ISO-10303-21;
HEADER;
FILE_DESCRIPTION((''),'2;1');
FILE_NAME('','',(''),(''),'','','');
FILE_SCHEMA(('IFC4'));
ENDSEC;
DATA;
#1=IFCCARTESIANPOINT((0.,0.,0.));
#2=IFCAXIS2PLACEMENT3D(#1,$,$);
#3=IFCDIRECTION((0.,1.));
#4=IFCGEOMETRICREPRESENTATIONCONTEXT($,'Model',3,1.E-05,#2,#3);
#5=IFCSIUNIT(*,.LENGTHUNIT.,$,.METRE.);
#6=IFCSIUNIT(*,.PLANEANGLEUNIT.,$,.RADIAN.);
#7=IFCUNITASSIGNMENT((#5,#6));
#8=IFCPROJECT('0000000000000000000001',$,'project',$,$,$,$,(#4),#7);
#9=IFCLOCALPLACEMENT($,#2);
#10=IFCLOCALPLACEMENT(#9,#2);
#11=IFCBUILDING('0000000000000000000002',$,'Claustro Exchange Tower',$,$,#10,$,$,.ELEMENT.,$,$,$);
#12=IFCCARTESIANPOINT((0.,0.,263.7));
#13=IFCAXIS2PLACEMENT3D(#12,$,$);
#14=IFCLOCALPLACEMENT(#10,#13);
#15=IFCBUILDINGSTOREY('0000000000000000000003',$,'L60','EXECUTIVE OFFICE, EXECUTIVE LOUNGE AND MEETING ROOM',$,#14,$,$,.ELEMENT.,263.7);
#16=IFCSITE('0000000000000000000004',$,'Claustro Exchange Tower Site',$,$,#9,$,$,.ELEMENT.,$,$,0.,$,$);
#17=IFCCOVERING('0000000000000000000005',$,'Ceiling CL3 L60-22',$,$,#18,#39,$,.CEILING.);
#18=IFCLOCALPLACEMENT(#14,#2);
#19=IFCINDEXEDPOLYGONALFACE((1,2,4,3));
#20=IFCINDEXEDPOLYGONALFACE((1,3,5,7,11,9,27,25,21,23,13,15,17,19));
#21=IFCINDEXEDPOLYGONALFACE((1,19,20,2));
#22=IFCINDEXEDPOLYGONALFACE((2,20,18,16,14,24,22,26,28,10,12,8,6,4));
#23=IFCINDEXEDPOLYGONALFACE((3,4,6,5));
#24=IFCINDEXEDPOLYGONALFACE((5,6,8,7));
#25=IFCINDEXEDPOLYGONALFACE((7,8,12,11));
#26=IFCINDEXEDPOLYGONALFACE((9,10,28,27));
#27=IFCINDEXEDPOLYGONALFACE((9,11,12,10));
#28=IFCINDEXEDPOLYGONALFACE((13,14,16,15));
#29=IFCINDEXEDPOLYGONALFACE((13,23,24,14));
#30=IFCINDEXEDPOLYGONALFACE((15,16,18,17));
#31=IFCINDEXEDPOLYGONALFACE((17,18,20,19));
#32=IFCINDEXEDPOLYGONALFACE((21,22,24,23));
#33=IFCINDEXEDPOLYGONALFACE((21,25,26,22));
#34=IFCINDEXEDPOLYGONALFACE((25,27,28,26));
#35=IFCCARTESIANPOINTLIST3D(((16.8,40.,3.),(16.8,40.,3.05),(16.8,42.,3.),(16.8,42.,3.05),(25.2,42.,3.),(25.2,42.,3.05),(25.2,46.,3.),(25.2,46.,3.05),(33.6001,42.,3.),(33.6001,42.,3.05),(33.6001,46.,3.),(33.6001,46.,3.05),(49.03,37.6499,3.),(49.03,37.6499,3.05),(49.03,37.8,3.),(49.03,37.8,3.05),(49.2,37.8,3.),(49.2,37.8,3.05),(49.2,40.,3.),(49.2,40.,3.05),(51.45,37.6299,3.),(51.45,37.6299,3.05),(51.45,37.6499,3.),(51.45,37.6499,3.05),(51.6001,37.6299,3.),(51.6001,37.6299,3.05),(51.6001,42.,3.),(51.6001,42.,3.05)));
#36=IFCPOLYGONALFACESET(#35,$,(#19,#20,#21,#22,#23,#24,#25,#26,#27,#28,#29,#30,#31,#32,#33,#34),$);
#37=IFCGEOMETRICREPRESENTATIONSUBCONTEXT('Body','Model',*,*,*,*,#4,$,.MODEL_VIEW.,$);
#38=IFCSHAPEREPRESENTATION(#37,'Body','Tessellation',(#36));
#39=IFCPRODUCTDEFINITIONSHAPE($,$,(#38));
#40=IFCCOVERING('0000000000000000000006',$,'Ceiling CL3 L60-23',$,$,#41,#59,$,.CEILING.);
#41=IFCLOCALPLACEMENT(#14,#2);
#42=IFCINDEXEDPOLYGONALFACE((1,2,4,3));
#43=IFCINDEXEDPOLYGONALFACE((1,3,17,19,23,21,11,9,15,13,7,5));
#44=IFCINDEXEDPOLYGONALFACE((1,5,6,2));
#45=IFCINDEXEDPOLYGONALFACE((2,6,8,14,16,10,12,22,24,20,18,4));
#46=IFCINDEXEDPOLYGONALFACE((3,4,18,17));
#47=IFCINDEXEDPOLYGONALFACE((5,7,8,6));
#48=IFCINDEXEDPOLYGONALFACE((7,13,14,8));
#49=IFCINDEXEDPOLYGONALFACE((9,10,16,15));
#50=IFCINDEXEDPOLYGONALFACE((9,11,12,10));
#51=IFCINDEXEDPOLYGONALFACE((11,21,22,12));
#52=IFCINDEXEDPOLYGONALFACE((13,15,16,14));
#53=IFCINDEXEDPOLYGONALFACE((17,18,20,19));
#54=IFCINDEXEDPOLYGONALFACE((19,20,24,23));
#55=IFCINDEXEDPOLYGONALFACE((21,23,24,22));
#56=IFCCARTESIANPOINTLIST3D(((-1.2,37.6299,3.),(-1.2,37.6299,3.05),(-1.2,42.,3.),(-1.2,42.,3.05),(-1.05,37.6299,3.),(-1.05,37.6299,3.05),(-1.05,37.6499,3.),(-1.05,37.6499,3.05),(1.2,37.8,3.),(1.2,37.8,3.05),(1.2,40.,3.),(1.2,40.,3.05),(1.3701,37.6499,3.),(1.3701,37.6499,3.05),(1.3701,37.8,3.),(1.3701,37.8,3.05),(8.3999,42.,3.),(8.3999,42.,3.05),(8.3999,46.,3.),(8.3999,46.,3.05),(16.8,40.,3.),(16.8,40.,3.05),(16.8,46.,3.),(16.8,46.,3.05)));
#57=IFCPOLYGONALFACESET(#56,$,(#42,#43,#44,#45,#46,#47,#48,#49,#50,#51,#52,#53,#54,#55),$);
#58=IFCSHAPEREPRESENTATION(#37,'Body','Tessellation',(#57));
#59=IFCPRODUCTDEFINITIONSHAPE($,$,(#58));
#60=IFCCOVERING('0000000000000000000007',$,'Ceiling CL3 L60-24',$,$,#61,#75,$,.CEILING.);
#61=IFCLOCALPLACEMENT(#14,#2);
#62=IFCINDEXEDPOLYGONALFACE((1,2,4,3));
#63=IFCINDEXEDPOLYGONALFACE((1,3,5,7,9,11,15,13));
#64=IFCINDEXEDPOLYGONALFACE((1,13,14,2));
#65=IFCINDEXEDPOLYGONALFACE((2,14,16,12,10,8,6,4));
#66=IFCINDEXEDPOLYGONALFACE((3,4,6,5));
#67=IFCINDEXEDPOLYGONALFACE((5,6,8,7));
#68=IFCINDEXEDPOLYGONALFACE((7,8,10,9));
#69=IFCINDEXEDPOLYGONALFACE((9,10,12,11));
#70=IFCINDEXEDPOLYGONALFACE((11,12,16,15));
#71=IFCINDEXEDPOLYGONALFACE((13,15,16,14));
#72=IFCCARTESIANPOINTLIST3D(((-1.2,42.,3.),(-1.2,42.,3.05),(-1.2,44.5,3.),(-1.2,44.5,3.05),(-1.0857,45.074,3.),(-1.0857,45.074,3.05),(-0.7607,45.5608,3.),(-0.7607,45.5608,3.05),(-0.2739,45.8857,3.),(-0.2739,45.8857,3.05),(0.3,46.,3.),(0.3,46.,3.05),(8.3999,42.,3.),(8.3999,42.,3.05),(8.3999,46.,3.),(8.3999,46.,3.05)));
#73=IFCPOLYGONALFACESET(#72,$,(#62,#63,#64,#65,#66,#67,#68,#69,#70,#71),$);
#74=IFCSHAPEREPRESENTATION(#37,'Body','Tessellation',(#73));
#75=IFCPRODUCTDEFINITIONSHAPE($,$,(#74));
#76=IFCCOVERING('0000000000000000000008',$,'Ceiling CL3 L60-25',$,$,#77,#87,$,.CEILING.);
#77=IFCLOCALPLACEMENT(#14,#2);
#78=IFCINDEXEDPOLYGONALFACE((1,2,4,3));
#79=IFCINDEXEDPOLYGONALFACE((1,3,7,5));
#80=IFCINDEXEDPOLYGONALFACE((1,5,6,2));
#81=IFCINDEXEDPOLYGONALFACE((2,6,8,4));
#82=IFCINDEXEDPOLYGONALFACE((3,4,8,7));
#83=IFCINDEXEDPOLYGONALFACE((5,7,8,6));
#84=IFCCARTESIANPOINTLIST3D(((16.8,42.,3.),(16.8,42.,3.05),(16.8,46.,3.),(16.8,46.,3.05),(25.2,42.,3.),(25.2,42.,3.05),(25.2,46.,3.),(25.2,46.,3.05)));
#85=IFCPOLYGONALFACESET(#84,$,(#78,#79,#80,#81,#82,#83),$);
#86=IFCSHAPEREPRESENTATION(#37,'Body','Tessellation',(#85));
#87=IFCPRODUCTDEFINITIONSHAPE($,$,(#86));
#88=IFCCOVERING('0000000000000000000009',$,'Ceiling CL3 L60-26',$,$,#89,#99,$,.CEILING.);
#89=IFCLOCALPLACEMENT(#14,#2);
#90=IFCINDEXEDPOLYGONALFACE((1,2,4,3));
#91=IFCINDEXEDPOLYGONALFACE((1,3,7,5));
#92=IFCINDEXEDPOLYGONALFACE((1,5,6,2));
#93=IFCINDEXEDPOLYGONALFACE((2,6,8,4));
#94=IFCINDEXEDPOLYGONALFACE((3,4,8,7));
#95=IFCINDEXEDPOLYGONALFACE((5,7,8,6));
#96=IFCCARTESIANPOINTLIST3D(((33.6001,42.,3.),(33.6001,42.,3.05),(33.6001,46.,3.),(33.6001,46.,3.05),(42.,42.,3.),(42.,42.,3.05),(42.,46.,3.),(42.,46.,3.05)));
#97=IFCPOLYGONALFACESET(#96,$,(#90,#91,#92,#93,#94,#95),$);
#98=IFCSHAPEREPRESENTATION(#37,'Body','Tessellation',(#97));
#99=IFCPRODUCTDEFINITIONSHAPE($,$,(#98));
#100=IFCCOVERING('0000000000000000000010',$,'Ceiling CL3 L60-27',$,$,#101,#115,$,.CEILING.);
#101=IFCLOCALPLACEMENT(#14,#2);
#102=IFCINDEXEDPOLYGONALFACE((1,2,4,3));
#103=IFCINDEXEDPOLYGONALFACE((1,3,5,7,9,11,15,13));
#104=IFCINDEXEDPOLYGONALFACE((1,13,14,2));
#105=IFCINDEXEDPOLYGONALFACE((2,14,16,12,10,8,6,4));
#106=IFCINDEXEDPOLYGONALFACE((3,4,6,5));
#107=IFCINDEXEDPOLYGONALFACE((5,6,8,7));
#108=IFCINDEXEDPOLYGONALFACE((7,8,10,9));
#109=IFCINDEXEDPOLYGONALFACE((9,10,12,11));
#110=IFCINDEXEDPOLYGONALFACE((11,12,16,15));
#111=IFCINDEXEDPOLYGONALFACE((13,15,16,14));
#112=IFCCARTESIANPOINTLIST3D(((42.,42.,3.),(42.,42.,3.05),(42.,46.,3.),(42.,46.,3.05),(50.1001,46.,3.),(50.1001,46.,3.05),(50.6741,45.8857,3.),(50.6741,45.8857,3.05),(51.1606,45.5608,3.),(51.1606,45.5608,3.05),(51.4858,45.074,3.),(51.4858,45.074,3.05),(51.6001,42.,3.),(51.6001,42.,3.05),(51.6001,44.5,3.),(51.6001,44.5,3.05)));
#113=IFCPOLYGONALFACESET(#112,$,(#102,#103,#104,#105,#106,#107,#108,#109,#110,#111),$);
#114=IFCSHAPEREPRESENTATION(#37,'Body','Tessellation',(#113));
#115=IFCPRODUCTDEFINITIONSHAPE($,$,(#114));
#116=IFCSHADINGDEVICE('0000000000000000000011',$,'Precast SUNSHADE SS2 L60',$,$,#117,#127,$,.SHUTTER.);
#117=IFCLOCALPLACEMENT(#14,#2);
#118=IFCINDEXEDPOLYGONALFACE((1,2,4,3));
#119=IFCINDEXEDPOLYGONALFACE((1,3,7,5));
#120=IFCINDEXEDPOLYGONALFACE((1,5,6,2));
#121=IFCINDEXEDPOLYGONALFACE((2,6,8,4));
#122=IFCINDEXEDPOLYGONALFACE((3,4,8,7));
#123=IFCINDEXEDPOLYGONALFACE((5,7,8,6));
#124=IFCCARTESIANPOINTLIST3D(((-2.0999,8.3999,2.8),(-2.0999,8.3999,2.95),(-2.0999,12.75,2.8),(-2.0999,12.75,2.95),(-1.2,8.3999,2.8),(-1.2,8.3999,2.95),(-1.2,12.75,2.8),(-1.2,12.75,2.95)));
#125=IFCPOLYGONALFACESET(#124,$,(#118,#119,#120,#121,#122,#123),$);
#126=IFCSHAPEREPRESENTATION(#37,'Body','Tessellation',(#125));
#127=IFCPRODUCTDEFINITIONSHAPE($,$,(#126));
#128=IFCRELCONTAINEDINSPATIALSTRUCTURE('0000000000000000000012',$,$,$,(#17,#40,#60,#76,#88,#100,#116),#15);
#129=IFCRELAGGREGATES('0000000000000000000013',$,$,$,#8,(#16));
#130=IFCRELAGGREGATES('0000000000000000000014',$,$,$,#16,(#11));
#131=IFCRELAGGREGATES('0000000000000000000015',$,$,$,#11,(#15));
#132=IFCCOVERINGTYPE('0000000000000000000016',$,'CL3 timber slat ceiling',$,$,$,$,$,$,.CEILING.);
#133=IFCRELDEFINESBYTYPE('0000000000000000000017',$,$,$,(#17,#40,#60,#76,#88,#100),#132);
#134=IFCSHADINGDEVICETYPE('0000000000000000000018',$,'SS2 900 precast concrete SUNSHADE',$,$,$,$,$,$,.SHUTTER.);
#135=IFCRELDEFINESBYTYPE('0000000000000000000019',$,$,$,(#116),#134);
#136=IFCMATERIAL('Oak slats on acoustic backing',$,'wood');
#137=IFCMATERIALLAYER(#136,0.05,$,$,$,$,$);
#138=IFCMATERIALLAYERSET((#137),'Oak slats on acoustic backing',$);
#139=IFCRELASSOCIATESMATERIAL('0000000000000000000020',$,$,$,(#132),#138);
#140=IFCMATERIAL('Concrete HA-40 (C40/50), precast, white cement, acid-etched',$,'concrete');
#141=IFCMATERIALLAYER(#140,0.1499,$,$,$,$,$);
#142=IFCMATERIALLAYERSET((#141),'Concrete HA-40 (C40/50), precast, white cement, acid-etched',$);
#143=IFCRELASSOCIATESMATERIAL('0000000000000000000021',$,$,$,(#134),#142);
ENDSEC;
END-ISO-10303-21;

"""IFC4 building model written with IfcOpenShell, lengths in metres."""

from ifc_helpers import new_model, si_unit, direction, frame, origin, origin_2d, place, context, subcontext, project, spatial, polyline, rectangle, outline, extrude, material, layer, layer_set, type_object, element, save


model = new_model("IFC4")

# Units and contexts
model_context = context("Model", 3, precision=1e-05, world=origin(), true_north=direction((0.0, 1.0)))
body_context = subcontext(model_context, "Body", "Model", "MODEL_VIEW")
ifc_project = project(units=[si_unit("LENGTHUNIT", "METRE"), si_unit("PLANEANGLEUNIT", "RADIAN")], contexts=[model_context])

# Site, building, storey
site_placement = place(None, origin())
site = spatial("IfcSite", under=ifc_project, at=site_placement, Name="Claustro Exchange Tower Site", CompositionType="ELEMENT", RefElevation=0.0)
building_placement = place(site_placement, origin())
building = spatial("IfcBuilding", under=site, at=building_placement, Name="Claustro Exchange Tower", CompositionType="ELEMENT")
storey_placement = place(building_placement, frame((0.0, 0.0, 263.7)))
storey = spatial("IfcBuildingStorey", under=building, at=storey_placement, Name="L60", Description="EXECUTIVE OFFICE, EXECUTIVE LOUNGE AND MEETING ROOM", CompositionType="ELEMENT", Elevation=263.7)

# Coverings
ifc_material_1 = material(Name="Oak slats on acoustic backing", Category="wood")
ifc_layer_1 = layer(ifc_material_1, 0.05)
ifc_layer_set_1 = layer_set([ifc_layer_1], Name="Oak slats on acoustic backing")
covering_type_1 = type_object("IfcCoveringType", Name="CL3 timber slat ceiling", PredefinedType="CEILING", material=ifc_layer_set_1)
covering_1_placement = place(storey_placement, frame((0.0, 0.0, 3.0)))
element("IfcCovering", 1, at=covering_1_placement, inside=storey, type_object=covering_type_1, Name="Ceiling CL3 L60-22", PredefinedType="CEILING", context=body_context, shape_type="SweptSolid", body=[
    extrude(outline(polyline([(51.45, 37.6499), (51.45, 37.6299), (51.6001, 37.6299), (51.6001, 42.0), (33.6001, 42.0), (33.6001, 46.0), (25.2, 46.0), (25.2, 42.0), (16.8, 42.0), (16.8, 40.0), (49.2, 40.0), (49.2, 37.8), (49.03, 37.8), (49.03, 37.6499), (51.45, 37.6499)])), origin(), (0.0, 0.0, 1.0), 0.05),
])
covering_2_placement = place(storey_placement, frame((0.0, 0.0, 3.0)))
element("IfcCovering", 2, at=covering_2_placement, inside=storey, type_object=covering_type_1, Name="Ceiling CL3 L60-23", PredefinedType="CEILING", context=body_context, shape_type="SweptSolid", body=[
    extrude(outline(polyline([(-1.05, 37.6499), (1.3701, 37.6499), (1.3701, 37.8), (1.2, 37.8), (1.2, 40.0), (16.8, 40.0), (16.8, 46.0), (8.3999, 46.0), (8.3999, 42.0), (-1.2, 42.0), (-1.2, 37.6299), (-1.05, 37.6299), (-1.05, 37.6499)])), origin(), (0.0, 0.0, 1.0), 0.05),
])
covering_3_placement = place(storey_placement, frame((0.0, 0.0, 3.0)))
element("IfcCovering", 3, at=covering_3_placement, inside=storey, type_object=covering_type_1, Name="Ceiling CL3 L60-24", PredefinedType="CEILING", context=body_context, shape_type="SweptSolid", body=[
    extrude(outline(polyline([(-1.2, 44.5), (-1.2, 42.0), (8.3999, 42.0), (8.3999, 46.0), (0.3, 46.0), (-0.2739, 45.8857), (-0.7607, 45.5608), (-1.0857, 45.074), (-1.2, 44.5)])), origin(), (0.0, 0.0, 1.0), 0.05),
])
covering_4_placement = place(storey_placement, frame((0.0, 0.0, 3.0)))
element("IfcCovering", 4, at=covering_4_placement, inside=storey, type_object=covering_type_1, Name="Ceiling CL3 L60-25", PredefinedType="CEILING", context=body_context, shape_type="SweptSolid", body=[
    extrude(outline(polyline([(25.2, 46.0), (16.8, 46.0), (16.8, 42.0), (25.2, 42.0), (25.2, 46.0)])), origin(), (0.0, 0.0, 1.0), 0.05),
])
covering_5_placement = place(storey_placement, frame((0.0, 0.0, 3.0)))
element("IfcCovering", 5, at=covering_5_placement, inside=storey, type_object=covering_type_1, Name="Ceiling CL3 L60-26", PredefinedType="CEILING", context=body_context, shape_type="SweptSolid", body=[
    extrude(outline(polyline([(42.0, 46.0), (33.6001, 46.0), (33.6001, 42.0), (42.0, 42.0), (42.0, 46.0)])), origin(), (0.0, 0.0, 1.0), 0.05),
])
covering_6_placement = place(storey_placement, frame((0.0, 0.0, 3.0)))
element("IfcCovering", 6, at=covering_6_placement, inside=storey, type_object=covering_type_1, Name="Ceiling CL3 L60-27", PredefinedType="CEILING", context=body_context, shape_type="SweptSolid", body=[
    extrude(outline(polyline([(50.1001, 46.0), (42.0, 46.0), (42.0, 42.0), (51.6001, 42.0), (51.6001, 44.5), (51.4858, 45.074), (51.1606, 45.5608), (50.6741, 45.8857), (50.1001, 46.0)])), origin(), (0.0, 0.0, 1.0), 0.05),
])

# Shading device
ifc_material_2 = material(Name="Concrete HA-40 (C40/50), precast, white cement, acid-etched", Category="concrete")
ifc_layer_2 = layer(ifc_material_2, 0.1499)
ifc_layer_set_2 = layer_set([ifc_layer_2], Name="Concrete HA-40 (C40/50), precast, white cement, acid-etched")
shading_device_type = type_object("IfcShadingDeviceType", Name="SS2 900 precast concrete SUNSHADE", PredefinedType="SHUTTER", material=ifc_layer_set_2)
shading_device_placement = place(storey_placement, frame((-1.6499, 10.575, 2.8), z_axis=(0.0, 0.0, 1.0), x_axis=(0.0, 1.0, 0.0)))
element("IfcShadingDevice", 7, at=shading_device_placement, inside=storey, type_object=shading_device_type, Name="Precast SUNSHADE SS2 L60", PredefinedType="SHUTTER", context=body_context, shape_type="SweptSolid", body=[
    extrude(rectangle(XDim=4.3501, YDim=0.8999, at=origin_2d()), origin(), (0.0, 0.0, 1.0), 0.1499),
])

save(model, "model.ifc")
